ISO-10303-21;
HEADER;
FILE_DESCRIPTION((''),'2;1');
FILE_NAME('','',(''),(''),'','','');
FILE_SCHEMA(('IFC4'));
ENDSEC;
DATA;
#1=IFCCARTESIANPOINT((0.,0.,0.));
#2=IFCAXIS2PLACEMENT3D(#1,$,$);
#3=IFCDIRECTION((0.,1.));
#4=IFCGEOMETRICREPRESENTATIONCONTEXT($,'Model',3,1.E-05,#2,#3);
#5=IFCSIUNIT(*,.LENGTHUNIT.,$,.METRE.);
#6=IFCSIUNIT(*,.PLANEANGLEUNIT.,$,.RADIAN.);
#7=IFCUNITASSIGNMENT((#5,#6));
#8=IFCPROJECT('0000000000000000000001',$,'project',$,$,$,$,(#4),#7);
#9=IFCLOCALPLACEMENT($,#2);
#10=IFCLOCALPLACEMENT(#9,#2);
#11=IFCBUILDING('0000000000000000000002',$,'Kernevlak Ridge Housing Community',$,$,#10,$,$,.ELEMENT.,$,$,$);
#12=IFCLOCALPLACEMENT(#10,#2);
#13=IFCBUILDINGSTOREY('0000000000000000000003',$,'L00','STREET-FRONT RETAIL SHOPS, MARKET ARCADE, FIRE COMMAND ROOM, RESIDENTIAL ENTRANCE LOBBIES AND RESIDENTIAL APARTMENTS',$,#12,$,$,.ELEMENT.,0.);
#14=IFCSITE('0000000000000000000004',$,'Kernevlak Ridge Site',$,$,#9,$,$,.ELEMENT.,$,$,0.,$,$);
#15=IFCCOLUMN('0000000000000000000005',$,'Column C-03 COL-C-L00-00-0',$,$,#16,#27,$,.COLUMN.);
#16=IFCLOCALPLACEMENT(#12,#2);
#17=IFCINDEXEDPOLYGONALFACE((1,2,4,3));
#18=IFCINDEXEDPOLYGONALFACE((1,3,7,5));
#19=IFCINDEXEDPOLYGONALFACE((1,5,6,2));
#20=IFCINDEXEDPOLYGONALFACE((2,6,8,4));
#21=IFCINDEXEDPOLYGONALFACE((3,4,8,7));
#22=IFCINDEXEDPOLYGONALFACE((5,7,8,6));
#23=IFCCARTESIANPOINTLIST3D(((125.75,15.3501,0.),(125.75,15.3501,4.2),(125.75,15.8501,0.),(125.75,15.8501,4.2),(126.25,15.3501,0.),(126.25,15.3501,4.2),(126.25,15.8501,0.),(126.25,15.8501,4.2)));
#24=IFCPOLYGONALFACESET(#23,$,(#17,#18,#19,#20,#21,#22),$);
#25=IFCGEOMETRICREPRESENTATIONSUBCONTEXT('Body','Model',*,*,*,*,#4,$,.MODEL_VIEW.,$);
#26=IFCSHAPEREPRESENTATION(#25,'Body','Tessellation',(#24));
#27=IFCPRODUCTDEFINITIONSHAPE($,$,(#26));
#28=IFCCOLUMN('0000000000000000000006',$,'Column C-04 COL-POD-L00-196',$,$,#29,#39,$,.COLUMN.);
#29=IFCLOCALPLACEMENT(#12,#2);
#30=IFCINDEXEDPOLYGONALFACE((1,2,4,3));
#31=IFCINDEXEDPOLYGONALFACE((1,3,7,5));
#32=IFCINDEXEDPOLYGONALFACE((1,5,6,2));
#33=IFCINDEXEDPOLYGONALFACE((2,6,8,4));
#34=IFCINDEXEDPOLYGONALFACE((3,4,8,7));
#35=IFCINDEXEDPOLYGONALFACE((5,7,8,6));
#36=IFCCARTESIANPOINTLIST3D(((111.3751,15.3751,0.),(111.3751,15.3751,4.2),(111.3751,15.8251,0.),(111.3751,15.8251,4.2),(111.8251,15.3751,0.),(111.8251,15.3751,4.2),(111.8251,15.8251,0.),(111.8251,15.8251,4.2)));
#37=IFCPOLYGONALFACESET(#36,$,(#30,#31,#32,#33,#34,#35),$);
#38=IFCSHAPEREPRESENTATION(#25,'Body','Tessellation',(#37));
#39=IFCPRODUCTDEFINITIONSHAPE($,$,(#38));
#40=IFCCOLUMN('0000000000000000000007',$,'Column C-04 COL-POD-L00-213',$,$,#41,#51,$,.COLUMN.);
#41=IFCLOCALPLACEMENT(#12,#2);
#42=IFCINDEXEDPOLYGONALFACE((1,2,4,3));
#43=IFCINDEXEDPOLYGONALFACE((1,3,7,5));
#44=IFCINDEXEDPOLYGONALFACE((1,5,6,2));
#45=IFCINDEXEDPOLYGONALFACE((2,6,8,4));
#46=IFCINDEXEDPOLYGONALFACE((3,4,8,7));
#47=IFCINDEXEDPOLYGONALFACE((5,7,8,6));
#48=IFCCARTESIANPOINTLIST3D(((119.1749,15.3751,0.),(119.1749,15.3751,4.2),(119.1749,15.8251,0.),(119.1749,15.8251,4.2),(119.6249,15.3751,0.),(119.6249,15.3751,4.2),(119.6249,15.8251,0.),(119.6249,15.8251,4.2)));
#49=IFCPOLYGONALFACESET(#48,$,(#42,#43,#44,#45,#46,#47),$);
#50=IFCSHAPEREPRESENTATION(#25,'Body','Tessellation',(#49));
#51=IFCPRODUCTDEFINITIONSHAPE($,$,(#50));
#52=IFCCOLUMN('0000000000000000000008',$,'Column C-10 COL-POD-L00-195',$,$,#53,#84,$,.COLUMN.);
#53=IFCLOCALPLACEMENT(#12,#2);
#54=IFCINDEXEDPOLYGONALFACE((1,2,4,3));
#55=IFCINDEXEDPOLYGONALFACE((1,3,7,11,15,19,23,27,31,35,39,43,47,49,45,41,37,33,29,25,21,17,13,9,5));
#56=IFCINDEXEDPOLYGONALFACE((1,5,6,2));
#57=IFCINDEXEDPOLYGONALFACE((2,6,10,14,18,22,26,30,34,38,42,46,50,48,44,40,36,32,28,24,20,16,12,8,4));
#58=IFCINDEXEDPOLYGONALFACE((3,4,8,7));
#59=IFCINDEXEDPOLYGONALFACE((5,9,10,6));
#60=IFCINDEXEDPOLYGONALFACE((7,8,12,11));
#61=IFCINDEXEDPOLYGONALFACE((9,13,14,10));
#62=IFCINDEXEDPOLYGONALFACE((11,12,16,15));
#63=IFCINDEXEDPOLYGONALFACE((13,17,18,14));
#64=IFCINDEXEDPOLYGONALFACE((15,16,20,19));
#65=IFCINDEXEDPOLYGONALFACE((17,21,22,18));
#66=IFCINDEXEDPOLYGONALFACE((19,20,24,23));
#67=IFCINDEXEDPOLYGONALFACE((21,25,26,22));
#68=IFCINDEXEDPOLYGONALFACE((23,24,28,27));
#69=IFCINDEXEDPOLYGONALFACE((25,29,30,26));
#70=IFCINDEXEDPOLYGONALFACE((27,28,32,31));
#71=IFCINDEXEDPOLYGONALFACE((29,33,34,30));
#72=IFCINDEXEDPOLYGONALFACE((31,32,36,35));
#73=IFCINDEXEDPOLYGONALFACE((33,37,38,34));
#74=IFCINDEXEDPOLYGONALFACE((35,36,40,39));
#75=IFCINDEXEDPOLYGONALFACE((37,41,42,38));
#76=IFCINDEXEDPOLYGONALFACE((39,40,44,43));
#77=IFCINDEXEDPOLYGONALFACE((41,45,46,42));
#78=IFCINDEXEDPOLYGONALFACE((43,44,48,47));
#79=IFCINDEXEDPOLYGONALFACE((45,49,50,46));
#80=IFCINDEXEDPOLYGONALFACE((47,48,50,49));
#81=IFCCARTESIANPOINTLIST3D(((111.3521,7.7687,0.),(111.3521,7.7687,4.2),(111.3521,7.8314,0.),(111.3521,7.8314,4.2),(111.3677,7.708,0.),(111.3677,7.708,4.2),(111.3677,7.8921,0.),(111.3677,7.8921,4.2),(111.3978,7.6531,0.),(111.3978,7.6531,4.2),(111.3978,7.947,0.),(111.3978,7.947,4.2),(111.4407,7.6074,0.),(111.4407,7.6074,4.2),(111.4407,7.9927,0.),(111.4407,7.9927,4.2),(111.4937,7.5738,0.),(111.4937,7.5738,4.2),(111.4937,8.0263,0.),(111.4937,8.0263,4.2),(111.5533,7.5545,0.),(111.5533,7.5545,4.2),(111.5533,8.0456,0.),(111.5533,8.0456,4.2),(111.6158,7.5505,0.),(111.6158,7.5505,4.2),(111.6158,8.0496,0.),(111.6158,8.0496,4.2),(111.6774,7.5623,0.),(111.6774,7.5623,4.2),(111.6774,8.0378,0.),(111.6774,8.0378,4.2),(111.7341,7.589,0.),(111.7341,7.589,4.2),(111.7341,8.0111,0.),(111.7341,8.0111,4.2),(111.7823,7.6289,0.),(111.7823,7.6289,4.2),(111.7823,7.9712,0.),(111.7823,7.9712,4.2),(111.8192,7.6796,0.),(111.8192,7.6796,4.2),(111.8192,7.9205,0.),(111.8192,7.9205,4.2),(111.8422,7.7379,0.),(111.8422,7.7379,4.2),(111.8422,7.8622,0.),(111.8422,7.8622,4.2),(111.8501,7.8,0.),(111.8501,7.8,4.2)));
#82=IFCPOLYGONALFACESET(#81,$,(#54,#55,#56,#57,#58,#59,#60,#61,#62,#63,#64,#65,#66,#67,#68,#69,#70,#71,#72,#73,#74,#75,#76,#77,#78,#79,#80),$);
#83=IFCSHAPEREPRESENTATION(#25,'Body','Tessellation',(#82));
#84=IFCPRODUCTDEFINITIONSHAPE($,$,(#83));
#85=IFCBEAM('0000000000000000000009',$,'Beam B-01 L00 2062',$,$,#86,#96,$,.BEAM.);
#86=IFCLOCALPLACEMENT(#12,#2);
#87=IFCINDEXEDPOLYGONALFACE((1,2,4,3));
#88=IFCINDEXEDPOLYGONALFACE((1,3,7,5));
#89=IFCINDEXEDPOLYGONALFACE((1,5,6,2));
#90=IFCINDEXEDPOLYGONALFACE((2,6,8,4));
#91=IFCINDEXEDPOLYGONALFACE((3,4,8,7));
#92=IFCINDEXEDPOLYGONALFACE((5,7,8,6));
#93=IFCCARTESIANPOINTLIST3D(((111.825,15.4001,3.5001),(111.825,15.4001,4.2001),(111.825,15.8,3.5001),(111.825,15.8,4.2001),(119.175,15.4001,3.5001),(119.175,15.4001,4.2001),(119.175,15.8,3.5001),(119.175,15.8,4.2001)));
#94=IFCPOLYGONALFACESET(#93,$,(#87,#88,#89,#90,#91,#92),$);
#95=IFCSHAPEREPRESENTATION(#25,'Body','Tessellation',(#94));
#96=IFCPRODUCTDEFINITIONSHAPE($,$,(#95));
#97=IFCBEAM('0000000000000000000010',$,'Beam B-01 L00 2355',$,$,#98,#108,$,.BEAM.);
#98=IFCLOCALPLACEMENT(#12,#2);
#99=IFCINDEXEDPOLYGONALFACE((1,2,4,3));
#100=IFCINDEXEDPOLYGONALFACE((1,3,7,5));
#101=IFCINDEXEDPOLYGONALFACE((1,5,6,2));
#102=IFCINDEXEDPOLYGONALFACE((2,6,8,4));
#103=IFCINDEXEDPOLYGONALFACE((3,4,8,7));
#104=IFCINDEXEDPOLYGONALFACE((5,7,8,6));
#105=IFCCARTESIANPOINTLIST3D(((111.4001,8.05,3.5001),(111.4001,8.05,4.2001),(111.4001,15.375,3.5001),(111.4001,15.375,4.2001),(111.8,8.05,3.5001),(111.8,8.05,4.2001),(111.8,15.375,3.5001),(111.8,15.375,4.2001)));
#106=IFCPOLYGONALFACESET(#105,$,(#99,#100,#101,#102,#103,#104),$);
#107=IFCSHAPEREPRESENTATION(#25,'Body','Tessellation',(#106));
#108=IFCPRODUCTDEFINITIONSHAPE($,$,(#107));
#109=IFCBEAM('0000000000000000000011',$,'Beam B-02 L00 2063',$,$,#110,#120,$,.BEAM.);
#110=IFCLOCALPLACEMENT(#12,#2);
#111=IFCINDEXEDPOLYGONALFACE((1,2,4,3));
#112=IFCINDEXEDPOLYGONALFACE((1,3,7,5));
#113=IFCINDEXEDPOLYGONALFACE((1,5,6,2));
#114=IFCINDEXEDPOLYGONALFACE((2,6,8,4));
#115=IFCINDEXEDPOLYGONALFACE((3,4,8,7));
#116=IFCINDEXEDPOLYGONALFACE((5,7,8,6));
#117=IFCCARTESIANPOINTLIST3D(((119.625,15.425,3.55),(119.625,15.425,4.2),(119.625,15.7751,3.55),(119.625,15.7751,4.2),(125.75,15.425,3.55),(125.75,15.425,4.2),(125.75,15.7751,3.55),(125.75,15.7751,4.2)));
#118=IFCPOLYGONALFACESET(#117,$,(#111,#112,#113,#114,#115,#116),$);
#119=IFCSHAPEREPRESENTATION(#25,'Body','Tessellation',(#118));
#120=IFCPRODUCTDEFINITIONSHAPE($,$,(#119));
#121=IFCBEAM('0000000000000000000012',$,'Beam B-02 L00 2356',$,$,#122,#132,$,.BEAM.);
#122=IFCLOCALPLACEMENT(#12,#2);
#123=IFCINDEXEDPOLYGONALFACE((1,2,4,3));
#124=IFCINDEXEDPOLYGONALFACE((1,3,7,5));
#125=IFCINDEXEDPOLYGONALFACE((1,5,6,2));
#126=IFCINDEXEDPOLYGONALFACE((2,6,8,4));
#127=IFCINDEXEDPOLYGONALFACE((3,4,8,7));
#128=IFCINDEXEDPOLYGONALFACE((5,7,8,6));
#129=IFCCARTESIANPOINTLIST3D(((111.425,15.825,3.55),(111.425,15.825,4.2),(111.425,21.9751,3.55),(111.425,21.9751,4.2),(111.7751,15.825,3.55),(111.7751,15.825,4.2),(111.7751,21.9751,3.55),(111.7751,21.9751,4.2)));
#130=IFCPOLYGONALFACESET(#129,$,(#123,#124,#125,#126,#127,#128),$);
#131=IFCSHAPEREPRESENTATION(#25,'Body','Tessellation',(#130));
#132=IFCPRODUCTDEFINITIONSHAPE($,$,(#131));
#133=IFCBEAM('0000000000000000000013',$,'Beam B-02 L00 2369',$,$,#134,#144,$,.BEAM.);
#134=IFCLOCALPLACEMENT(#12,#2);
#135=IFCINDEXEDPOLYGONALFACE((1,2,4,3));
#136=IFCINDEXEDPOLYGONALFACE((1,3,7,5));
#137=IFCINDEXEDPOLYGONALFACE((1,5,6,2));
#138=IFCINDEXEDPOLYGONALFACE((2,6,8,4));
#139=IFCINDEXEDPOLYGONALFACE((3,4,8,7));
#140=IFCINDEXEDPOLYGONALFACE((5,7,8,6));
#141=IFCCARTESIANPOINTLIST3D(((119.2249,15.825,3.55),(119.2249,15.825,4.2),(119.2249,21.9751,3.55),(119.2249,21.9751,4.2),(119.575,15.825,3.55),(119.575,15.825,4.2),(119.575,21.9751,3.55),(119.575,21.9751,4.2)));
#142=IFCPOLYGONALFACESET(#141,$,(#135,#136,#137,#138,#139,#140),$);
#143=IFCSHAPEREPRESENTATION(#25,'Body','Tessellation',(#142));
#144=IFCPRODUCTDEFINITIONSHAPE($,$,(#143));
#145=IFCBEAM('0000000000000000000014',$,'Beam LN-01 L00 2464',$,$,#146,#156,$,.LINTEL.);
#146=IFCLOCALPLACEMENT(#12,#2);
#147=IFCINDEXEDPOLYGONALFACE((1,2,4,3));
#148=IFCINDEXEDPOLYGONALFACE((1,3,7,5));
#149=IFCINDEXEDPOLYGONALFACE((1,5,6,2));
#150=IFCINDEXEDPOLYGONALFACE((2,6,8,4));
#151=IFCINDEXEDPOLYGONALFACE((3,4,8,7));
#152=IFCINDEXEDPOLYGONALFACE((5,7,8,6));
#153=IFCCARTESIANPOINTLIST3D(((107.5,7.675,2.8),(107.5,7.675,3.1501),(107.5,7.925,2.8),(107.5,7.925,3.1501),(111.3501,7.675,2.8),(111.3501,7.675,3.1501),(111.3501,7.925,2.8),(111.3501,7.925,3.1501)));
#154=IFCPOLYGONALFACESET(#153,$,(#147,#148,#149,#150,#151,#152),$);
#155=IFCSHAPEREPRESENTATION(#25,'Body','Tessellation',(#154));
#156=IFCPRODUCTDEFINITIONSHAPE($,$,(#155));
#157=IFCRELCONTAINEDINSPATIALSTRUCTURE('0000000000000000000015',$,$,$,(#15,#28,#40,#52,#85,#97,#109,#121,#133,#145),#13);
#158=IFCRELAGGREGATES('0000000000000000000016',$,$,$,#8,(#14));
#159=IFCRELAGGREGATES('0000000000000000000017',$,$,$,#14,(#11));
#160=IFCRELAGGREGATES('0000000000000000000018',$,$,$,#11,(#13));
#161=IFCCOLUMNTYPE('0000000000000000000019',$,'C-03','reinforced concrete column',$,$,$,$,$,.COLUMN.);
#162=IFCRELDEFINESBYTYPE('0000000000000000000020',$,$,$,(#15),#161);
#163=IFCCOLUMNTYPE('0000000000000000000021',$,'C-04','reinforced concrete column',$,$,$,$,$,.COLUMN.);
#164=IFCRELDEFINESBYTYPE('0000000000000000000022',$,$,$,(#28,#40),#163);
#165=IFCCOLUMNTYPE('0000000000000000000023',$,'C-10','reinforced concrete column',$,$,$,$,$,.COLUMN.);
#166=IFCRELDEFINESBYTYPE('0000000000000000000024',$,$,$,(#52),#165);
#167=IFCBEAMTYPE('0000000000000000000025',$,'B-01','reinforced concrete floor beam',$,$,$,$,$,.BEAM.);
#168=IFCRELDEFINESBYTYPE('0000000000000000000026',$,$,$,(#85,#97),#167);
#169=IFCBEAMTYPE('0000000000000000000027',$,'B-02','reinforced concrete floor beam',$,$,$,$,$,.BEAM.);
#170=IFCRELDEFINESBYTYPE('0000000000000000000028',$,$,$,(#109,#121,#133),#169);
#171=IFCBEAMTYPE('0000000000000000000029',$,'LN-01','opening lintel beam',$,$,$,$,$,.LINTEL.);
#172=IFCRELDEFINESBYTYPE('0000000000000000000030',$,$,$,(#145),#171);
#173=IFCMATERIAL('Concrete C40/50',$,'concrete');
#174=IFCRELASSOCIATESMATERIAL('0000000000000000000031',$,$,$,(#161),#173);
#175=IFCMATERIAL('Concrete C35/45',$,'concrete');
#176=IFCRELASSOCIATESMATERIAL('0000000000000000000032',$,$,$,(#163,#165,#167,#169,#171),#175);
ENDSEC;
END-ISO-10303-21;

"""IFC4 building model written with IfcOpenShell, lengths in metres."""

from ifc_helpers import new_model, si_unit, direction, frame, origin, origin_2d, place, context, subcontext, project, spatial, rectangle, circle, extrude, material, material_profile, profile_set, type_object, element, save


model = new_model("IFC4")

# Units and contexts
model_context = context("Model", 3, precision=1e-05, world=origin(), true_north=direction((0.0, 1.0)))
body_context = subcontext(model_context, "Body", "Model", "MODEL_VIEW")
ifc_project = project(units=[si_unit("LENGTHUNIT", "METRE"), si_unit("PLANEANGLEUNIT", "RADIAN")], contexts=[model_context])

# Site, building, storey
site_placement = place(None, origin())
site = spatial("IfcSite", under=ifc_project, at=site_placement, Name="Kernevlak Ridge Site", CompositionType="ELEMENT", RefElevation=0.0)
building_placement = place(site_placement, origin())
building = spatial("IfcBuilding", under=site, at=building_placement, Name="Kernevlak Ridge Housing Community", CompositionType="ELEMENT")
storey_placement = place(building_placement, origin())
storey = spatial("IfcBuildingStorey", under=building, at=storey_placement, Name="L00", Description="STREET-FRONT RETAIL SHOPS, MARKET ARCADE, FIRE COMMAND ROOM, RESIDENTIAL ENTRANCE LOBBIES AND RESIDENTIAL APARTMENTS", CompositionType="ELEMENT", Elevation=0.0)

# Columns
ifc_material_1 = material(Name="Concrete C40/50", Category="concrete")
ifc_material_profile_1 = material_profile(ifc_material_1, rectangle(XDim=0.5, YDim=0.5, at=origin_2d()), Name="RC 500x500")
ifc_profile_set_1 = profile_set([ifc_material_profile_1], Name="Concrete C40/50")
column_type_1 = type_object("IfcColumnType", Name="C-03", Description="reinforced concrete column", PredefinedType="COLUMN", material=ifc_profile_set_1)
column_1_placement = place(storey_placement, frame((126.0, 15.6001, 0.0), z_axis=(0.0, 0.0, 1.0), x_axis=(1.0, 0.0, 0.0)))
element("IfcColumn", 1, at=column_1_placement, inside=storey, type_object=column_type_1, Name="Column C-03 COL-C-L00-00-0", PredefinedType="COLUMN", context=body_context, shape_type="SweptSolid", body=[
    extrude(rectangle(XDim=0.5, YDim=0.5, at=origin_2d()), origin(), (0.0, 0.0, 1.0), 4.2),
])
ifc_material_2 = material(Name="Concrete C35/45", Category="concrete")
ifc_material_profile_2 = material_profile(ifc_material_2, rectangle(XDim=0.45, YDim=0.45, at=origin_2d()), Name="RC 450x450")
ifc_profile_set_2 = profile_set([ifc_material_profile_2], Name="Concrete C35/45")
column_type_2 = type_object("IfcColumnType", Name="C-04", Description="reinforced concrete column", PredefinedType="COLUMN", material=ifc_profile_set_2)
for number, where, z_axis, x_axis, name in (
    (2, (111.6001, 15.6001, 0.0), (0.0, 0.0, 1.0), (1.0, 0.0, 0.0), "Column C-04 COL-POD-L00-196"),
    (3, (119.3999, 15.6001, 0.0), (0.0, 0.0, 1.0), (1.0, 0.0, 0.0), "Column C-04 COL-POD-L00-213"),
):
    element("IfcColumn", number, at=place(storey_placement, frame(where, z_axis=z_axis, x_axis=x_axis)), inside=storey, type_object=column_type_2, Name=name, PredefinedType="COLUMN", context=body_context, shape_type="SweptSolid", body=[
        extrude(rectangle(XDim=0.45, YDim=0.45, at=origin_2d()), origin(), (0.0, 0.0, 1.0), 4.2),
    ])
ifc_material_profile_3 = material_profile(ifc_material_2, circle(Radius=0.25, at=origin_2d()), Name="RC D500")
ifc_profile_set_3 = profile_set([ifc_material_profile_3], Name="Concrete C35/45")
column_type_3 = type_object("IfcColumnType", Name="C-10", Description="reinforced concrete column", PredefinedType="COLUMN", material=ifc_profile_set_3)
column_2_placement = place(storey_placement, frame((111.6001, 7.8, 0.0), z_axis=(0.0, 0.0, 1.0), x_axis=(1.0, 0.0, 0.0)))
element("IfcColumn", 4, at=column_2_placement, inside=storey, type_object=column_type_3, Name="Column C-10 COL-POD-L00-195", PredefinedType="COLUMN", context=body_context, shape_type="SweptSolid", body=[
    extrude(circle(Radius=0.25, at=origin_2d()), origin(), (0.0, 0.0, 1.0), 4.2),
])

# Beams
ifc_material_profile_4 = material_profile(ifc_material_2, rectangle(XDim=0.3999, YDim=0.7, at=origin_2d()), Name="RC 400x700")
ifc_profile_set_4 = profile_set([ifc_material_profile_4], Name="Concrete C35/45")
beam_type_1 = type_object("IfcBeamType", Name="B-01", Description="reinforced concrete floor beam", PredefinedType="BEAM", material=ifc_profile_set_4)
beam_1_placement = place(storey_placement, frame((111.825, 15.6001, 3.8501), z_axis=(1.0, 0.0, 0.0), x_axis=(0.0, 1.0, 0.0)))
element("IfcBeam", 5, at=beam_1_placement, inside=storey, type_object=beam_type_1, Name="Beam B-01 L00 2062", PredefinedType="BEAM", context=body_context, shape_type="SweptSolid", body=[
    extrude(rectangle(XDim=0.3999, YDim=0.7, at=origin_2d()), origin(), (0.0, 0.0, 1.0), 7.3501),
])
beam_2_placement = place(storey_placement, frame((111.6001, 8.05, 3.8501), z_axis=(0.0, 1.0, 0.0), x_axis=(-1.0, 0.0, 0.0)))
element("IfcBeam", 6, at=beam_2_placement, inside=storey, type_object=beam_type_1, Name="Beam B-01 L00 2355", PredefinedType="BEAM", context=body_context, shape_type="SweptSolid", body=[
    extrude(rectangle(XDim=0.3999, YDim=0.7, at=origin_2d()), origin(), (0.0, 0.0, 1.0), 7.325),
])
ifc_material_profile_5 = material_profile(ifc_material_2, rectangle(XDim=0.3501, YDim=0.6499, at=origin_2d()), Name="RC 350x650")
ifc_profile_set_5 = profile_set([ifc_material_profile_5], Name="Concrete C35/45")
beam_type_2 = type_object("IfcBeamType", Name="B-02", Description="reinforced concrete floor beam", PredefinedType="BEAM", material=ifc_profile_set_5)
beam_3_placement = place(storey_placement, frame((119.625, 15.6001, 3.875), z_axis=(1.0, 0.0, 0.0), x_axis=(0.0, 1.0, 0.0)))
element("IfcBeam", 7, at=beam_3_placement, inside=storey, type_object=beam_type_2, Name="Beam B-02 L00 2063", PredefinedType="BEAM", context=body_context, shape_type="SweptSolid", body=[
    extrude(rectangle(XDim=0.3501, YDim=0.6499, at=origin_2d()), origin(), (0.0, 0.0, 1.0), 6.125),
])
for number, where, z_axis, x_axis, name in (
    (8, (111.6001, 15.825, 3.875), (0.0, 1.0, 0.0), (-1.0, 0.0, 0.0), "Beam B-02 L00 2356"),
    (9, (119.3999, 15.825, 3.875), (0.0, 1.0, 0.0), (-1.0, 0.0, 0.0), "Beam B-02 L00 2369"),
):
    element("IfcBeam", number, at=place(storey_placement, frame(where, z_axis=z_axis, x_axis=x_axis)), inside=storey, type_object=beam_type_2, Name=name, PredefinedType="BEAM", context=body_context, shape_type="SweptSolid", body=[
        extrude(rectangle(XDim=0.3501, YDim=0.6499, at=origin_2d()), origin(), (0.0, 0.0, 1.0), 6.1501),
    ])
ifc_material_profile_6 = material_profile(ifc_material_2, rectangle(XDim=0.25, YDim=0.3501, at=origin_2d()), Name="RC 250x350")
ifc_profile_set_6 = profile_set([ifc_material_profile_6], Name="Concrete C35/45")
beam_type_3 = type_object("IfcBeamType", Name="LN-01", Description="opening lintel beam", PredefinedType="LINTEL", material=ifc_profile_set_6)
beam_4_placement = place(storey_placement, frame((107.5, 7.8, 2.9751), z_axis=(1.0, 0.0, 0.0), x_axis=(0.0, 1.0, 0.0)))
element("IfcBeam", 10, at=beam_4_placement, inside=storey, type_object=beam_type_3, Name="Beam LN-01 L00 2464", PredefinedType="LINTEL", context=body_context, shape_type="SweptSolid", body=[
    extrude(rectangle(XDim=0.25, YDim=0.3501, at=origin_2d()), origin(), (0.0, 0.0, 1.0), 3.8501),
])

save(model, "model.ifc")
